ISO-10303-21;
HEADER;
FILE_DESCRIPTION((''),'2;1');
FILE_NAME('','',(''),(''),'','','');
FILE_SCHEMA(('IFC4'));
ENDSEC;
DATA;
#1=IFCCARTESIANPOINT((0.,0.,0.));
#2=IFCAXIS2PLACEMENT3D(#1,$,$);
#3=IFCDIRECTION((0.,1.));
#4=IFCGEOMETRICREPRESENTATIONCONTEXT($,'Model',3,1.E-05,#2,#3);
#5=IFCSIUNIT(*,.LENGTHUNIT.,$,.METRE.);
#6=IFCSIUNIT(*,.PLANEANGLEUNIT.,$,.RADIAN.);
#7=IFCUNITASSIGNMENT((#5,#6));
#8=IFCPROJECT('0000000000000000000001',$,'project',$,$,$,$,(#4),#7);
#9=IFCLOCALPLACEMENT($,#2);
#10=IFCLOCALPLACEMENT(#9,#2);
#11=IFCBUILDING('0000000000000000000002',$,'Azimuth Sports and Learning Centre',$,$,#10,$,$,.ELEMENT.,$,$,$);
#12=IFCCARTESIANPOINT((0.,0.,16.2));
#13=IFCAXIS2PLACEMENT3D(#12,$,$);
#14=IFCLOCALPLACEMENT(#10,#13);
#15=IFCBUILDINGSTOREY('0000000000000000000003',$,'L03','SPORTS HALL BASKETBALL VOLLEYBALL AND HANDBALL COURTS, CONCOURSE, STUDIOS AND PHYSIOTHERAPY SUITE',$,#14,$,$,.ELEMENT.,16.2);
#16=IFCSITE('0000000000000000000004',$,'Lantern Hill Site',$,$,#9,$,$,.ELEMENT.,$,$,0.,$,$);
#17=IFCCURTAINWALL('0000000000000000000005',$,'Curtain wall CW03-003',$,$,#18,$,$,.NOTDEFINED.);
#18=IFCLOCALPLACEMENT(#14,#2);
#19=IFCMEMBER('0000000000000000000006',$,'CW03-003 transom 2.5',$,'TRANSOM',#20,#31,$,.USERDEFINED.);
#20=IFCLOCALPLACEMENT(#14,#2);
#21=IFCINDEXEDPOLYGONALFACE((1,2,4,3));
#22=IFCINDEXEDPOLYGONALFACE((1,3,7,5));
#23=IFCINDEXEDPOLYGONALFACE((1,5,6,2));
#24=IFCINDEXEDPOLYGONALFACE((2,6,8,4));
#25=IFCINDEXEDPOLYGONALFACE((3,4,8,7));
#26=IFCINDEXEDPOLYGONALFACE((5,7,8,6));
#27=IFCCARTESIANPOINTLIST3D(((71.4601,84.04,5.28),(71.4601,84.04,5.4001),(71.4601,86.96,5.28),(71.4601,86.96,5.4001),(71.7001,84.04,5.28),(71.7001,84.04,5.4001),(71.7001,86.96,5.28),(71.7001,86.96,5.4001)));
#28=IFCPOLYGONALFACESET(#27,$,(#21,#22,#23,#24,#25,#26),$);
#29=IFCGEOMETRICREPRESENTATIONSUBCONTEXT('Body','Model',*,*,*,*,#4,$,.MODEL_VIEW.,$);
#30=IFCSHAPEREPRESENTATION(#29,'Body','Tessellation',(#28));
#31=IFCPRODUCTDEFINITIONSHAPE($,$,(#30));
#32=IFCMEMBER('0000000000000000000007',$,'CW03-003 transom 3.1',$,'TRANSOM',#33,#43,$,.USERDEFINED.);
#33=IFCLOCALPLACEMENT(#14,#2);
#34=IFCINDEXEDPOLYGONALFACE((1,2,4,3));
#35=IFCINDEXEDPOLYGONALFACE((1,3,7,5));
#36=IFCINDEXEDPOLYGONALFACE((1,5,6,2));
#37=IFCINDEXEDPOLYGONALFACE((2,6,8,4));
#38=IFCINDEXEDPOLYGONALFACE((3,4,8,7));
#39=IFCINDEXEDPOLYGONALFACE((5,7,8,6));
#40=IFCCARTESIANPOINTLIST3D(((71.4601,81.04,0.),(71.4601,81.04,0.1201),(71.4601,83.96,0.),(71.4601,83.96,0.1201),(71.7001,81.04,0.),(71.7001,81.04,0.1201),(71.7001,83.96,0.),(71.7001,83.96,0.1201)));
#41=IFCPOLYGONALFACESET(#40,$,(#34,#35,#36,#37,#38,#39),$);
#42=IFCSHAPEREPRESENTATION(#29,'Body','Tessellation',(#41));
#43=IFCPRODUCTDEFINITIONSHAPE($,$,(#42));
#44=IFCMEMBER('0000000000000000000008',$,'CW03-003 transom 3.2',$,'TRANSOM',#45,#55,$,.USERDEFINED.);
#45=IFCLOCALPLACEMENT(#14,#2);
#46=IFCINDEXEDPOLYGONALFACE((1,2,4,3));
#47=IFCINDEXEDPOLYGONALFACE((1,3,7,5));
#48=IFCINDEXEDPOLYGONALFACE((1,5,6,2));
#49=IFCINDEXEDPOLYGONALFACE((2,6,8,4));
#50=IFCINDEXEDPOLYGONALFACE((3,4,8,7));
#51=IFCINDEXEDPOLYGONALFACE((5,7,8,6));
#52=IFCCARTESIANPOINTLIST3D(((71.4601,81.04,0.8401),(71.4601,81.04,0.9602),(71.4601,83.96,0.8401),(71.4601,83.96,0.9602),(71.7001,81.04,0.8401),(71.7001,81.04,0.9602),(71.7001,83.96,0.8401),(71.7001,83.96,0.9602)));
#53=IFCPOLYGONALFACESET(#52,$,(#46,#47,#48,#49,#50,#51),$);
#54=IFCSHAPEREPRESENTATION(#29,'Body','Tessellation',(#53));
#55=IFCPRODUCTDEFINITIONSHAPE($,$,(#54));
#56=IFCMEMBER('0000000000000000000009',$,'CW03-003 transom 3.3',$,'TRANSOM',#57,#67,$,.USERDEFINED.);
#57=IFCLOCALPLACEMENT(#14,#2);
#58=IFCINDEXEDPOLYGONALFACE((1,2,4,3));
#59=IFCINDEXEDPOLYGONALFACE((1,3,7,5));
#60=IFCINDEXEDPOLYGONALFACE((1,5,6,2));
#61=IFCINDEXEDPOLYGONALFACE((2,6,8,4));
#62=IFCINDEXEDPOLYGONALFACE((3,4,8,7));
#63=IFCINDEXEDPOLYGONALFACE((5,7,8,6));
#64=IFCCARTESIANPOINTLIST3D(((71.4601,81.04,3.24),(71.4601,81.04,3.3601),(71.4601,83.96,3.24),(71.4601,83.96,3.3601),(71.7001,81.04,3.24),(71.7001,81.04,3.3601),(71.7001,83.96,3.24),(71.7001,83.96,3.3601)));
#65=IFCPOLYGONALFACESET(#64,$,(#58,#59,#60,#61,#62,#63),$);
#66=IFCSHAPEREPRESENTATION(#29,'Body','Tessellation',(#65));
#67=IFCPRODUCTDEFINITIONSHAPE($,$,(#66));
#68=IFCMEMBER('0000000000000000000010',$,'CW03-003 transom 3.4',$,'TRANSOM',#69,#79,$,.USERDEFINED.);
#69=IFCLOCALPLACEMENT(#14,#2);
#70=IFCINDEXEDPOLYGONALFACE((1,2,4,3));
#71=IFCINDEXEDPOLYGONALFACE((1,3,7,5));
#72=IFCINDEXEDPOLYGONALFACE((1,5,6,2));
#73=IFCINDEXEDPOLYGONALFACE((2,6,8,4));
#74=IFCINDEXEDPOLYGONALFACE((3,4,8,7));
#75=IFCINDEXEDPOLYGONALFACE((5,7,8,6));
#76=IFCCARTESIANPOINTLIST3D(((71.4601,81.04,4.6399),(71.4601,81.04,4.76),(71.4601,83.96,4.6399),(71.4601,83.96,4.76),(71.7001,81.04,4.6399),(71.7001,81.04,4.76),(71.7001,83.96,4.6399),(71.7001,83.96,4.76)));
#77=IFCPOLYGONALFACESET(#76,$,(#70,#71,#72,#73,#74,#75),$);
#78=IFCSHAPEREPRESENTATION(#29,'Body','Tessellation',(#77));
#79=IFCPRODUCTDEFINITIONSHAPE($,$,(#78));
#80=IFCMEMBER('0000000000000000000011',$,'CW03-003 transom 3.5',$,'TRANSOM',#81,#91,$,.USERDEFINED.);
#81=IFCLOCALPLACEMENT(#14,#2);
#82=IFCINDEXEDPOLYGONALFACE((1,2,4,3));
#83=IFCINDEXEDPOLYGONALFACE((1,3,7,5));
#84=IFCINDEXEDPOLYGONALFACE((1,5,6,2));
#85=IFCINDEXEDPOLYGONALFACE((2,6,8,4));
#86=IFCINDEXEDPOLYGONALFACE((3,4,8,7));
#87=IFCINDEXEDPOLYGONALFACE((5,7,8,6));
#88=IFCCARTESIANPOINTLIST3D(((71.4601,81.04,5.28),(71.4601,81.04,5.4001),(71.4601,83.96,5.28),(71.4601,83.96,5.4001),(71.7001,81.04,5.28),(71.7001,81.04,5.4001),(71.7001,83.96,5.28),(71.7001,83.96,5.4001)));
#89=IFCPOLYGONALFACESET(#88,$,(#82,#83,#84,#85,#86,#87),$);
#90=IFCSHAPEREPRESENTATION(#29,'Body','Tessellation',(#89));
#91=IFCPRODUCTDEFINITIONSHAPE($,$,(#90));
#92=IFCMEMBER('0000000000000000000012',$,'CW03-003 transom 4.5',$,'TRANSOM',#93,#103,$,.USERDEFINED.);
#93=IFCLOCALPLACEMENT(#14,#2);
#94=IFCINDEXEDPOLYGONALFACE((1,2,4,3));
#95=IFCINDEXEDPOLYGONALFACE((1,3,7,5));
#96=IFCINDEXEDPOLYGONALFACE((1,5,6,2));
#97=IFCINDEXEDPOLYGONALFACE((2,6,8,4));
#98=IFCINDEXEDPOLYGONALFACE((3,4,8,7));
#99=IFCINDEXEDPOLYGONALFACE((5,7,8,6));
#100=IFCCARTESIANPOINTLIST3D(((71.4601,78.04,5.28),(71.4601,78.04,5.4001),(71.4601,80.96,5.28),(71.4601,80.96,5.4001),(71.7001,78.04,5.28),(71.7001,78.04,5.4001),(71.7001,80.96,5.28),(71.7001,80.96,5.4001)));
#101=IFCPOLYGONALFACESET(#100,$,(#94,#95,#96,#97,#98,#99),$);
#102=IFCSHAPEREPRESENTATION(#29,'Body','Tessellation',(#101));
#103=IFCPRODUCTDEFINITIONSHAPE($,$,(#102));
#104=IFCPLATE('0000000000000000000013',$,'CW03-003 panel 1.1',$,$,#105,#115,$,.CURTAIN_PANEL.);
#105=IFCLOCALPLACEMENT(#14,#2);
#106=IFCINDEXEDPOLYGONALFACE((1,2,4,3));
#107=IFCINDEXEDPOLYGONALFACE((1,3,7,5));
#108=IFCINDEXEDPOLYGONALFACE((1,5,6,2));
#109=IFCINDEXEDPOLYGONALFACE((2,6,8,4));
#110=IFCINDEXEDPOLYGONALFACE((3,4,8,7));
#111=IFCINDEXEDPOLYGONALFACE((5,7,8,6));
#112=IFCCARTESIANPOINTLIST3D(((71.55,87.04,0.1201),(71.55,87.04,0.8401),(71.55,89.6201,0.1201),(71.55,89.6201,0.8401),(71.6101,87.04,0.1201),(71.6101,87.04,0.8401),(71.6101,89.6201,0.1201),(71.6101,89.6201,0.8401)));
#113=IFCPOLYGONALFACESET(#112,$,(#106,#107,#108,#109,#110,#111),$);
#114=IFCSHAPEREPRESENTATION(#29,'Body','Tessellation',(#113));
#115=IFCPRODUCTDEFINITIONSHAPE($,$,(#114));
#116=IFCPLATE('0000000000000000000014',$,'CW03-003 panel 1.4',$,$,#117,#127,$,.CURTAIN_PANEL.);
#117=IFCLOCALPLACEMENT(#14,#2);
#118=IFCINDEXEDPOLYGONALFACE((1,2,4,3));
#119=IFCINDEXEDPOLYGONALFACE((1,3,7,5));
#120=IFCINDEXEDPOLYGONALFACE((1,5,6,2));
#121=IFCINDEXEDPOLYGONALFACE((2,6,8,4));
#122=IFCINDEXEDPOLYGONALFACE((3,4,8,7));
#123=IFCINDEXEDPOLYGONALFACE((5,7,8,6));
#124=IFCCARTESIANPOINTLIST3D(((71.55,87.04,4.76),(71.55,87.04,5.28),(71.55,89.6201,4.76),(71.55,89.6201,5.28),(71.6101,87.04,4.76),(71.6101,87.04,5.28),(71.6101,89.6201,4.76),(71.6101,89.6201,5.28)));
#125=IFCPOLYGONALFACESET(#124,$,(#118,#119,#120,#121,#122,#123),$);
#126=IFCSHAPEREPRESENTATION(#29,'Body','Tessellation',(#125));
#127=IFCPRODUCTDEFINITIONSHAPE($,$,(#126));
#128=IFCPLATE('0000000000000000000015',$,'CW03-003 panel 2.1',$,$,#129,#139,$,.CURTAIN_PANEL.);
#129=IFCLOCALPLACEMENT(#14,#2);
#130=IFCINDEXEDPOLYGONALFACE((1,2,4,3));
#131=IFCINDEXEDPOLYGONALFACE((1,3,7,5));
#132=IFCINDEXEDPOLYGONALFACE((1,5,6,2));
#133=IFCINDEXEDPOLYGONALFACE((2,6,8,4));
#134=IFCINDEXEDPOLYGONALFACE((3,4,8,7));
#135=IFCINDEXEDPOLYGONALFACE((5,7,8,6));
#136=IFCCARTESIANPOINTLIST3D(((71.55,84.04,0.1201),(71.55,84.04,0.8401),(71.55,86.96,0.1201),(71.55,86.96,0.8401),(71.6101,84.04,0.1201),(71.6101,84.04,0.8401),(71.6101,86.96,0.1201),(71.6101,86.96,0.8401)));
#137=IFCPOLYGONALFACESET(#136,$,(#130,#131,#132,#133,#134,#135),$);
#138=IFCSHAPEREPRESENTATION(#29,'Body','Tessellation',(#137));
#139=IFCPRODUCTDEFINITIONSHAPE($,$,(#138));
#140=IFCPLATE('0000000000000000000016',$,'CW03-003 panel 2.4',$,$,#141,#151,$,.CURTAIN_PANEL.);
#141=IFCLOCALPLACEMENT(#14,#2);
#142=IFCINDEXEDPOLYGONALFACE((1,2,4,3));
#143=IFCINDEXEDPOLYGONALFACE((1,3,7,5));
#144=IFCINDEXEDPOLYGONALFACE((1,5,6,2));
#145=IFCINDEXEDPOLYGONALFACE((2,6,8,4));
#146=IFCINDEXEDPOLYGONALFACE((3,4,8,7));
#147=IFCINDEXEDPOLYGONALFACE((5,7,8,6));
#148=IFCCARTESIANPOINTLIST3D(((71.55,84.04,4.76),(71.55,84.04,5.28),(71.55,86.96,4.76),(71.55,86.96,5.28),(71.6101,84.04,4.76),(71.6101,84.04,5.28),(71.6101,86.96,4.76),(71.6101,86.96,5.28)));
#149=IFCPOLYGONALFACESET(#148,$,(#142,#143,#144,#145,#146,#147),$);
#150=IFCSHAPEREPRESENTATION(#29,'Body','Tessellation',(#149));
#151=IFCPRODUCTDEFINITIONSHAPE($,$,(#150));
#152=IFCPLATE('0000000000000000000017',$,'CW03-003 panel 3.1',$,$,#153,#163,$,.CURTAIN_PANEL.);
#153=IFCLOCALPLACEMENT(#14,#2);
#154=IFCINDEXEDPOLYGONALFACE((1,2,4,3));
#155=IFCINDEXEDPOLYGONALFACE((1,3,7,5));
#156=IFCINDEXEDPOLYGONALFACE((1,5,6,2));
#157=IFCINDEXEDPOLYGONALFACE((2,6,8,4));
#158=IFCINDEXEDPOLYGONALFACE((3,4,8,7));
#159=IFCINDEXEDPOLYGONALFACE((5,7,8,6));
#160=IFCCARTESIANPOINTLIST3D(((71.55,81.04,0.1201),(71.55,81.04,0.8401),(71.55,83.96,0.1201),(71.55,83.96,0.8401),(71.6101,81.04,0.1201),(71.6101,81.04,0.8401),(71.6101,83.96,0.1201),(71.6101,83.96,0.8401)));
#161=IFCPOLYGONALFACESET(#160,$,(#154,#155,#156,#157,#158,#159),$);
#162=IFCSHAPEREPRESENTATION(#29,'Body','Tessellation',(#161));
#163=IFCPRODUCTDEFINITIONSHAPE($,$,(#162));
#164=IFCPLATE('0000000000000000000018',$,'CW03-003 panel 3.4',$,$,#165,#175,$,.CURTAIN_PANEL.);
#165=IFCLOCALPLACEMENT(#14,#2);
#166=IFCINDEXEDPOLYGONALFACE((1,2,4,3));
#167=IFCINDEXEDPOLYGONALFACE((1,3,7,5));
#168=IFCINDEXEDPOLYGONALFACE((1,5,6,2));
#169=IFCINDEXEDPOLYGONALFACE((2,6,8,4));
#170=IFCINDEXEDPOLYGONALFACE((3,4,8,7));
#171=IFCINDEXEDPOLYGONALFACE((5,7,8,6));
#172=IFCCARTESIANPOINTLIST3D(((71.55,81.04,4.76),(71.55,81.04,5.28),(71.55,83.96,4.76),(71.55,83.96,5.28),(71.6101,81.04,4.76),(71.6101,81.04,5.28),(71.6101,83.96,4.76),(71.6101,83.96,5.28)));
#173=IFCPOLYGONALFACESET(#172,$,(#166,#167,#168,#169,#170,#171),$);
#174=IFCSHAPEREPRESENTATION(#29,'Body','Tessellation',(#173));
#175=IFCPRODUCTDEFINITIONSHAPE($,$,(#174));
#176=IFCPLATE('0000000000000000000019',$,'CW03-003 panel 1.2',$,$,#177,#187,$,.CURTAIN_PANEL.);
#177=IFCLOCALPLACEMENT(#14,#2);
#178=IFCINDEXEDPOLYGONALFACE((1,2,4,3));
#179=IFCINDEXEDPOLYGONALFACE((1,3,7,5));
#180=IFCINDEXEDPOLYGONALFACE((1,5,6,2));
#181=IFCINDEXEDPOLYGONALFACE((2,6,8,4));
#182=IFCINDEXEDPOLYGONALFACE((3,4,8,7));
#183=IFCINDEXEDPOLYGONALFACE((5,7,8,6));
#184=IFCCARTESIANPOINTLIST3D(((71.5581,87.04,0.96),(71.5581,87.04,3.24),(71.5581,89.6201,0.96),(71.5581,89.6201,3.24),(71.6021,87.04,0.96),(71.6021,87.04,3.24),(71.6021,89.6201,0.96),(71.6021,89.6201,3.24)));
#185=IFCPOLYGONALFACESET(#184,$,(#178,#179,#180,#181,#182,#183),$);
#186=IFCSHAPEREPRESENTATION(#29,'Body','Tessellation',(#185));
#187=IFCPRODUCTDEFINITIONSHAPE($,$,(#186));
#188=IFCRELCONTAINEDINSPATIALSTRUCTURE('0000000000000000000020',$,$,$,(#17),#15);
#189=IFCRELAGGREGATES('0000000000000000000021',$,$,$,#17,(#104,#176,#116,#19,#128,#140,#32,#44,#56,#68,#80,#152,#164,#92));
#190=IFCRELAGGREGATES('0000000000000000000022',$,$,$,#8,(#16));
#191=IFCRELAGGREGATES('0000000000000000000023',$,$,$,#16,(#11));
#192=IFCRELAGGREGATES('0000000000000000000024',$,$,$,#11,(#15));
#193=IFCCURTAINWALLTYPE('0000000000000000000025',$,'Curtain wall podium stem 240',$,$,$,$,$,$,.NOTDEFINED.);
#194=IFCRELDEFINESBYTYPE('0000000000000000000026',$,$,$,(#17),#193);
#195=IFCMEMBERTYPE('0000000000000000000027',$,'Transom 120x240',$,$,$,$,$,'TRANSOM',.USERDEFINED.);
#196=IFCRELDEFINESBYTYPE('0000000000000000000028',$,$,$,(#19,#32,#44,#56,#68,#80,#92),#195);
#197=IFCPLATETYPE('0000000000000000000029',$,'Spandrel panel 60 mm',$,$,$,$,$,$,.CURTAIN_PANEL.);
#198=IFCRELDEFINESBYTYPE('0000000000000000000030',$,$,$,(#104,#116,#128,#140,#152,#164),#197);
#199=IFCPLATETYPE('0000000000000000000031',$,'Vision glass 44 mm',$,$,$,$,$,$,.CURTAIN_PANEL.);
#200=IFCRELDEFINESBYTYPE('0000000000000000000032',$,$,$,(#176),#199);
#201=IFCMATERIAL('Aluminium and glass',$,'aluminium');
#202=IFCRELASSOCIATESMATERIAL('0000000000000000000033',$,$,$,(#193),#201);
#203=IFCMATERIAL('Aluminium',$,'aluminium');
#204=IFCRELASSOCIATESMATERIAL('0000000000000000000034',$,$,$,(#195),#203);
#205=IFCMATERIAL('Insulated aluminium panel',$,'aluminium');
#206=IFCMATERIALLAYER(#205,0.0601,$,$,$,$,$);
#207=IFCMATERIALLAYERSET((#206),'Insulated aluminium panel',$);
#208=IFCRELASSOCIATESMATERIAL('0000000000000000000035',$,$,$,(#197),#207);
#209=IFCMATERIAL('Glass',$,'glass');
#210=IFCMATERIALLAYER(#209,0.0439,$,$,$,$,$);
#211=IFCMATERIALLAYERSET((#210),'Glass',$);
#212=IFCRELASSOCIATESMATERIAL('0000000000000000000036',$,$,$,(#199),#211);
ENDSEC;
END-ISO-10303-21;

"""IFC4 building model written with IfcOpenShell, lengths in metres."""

from ifc_helpers import new_model, si_unit, direction, frame, origin, origin_2d, place, context, subcontext, project, spatial, rectangle, extrude, material, layer, layer_set, material_profile, profile_set, type_object, element, aggregate, save


model = new_model("IFC4")

# Units and contexts
model_context = context("Model", 3, precision=1e-05, world=origin(), true_north=direction((0.0, 1.0)))
body_context = subcontext(model_context, "Body", "Model", "MODEL_VIEW")
ifc_project = project(units=[si_unit("LENGTHUNIT", "METRE"), si_unit("PLANEANGLEUNIT", "RADIAN")], contexts=[model_context])

# Site, building, storey
site_placement = place(None, origin())
site = spatial("IfcSite", under=ifc_project, at=site_placement, Name="Lantern Hill Site", CompositionType="ELEMENT", RefElevation=0.0)
building_placement = place(site_placement, origin())
building = spatial("IfcBuilding", under=site, at=building_placement, Name="Azimuth Sports and Learning Centre", CompositionType="ELEMENT")
storey_placement = place(building_placement, frame((0.0, 0.0, 16.2)))
storey = spatial("IfcBuildingStorey", under=building, at=storey_placement, Name="L03", Description="SPORTS HALL BASKETBALL VOLLEYBALL AND HANDBALL COURTS, CONCOURSE, STUDIOS AND PHYSIOTHERAPY SUITE", CompositionType="ELEMENT", Elevation=16.2)

# Curtain wall, members, plates
ifc_material_1 = material(Name="Aluminium and glass", Category="aluminium")
curtain_wall_type = type_object("IfcCurtainWallType", Name="Curtain wall podium stem 240", PredefinedType="NOTDEFINED", material=ifc_material_1)
curtain_wall_placement = place(storey_placement, origin())
curtain_wall = element("IfcCurtainWall", 1, at=curtain_wall_placement, inside=storey, type_object=curtain_wall_type, Name="Curtain wall CW03-003", PredefinedType="NOTDEFINED")
ifc_material_2 = material(Name="Aluminium", Category="aluminium")
ifc_material_profile_1 = material_profile(ifc_material_2, rectangle(XDim=0.24, YDim=0.1201, at=origin_2d()), Name="Transom 120x240")
ifc_profile_set_1 = profile_set([ifc_material_profile_1], Name="Aluminium")
member_type_1 = type_object("IfcMemberType", Name="Transom 120x240", ElementType="TRANSOM", PredefinedType="USERDEFINED", material=ifc_profile_set_1)
member_1_placement = place(storey_placement, frame((71.5801, 86.96, 5.3401), z_axis=(0.0, -1.0, 0.0), x_axis=(1.0, 0.0, 0.0)))
member_1 = element("IfcMember", 2, at=member_1_placement, type_object=member_type_1, Name="CW03-003 transom 2.5", ObjectType="TRANSOM", PredefinedType="USERDEFINED", context=body_context, shape_type="SweptSolid", body=[
    extrude(rectangle(XDim=0.24, YDim=0.1201, at=origin_2d()), origin(), (0.0, 0.0, 1.0), 2.9199),
])
member_2_placement = place(storey_placement, frame((71.5801, 83.96, 0.0601), z_axis=(0.0, -1.0, 0.0), x_axis=(1.0, 0.0, 0.0)))
member_2 = element("IfcMember", 3, at=member_2_placement, type_object=member_type_1, Name="CW03-003 transom 3.1", ObjectType="TRANSOM", PredefinedType="USERDEFINED", context=body_context, shape_type="SweptSolid", body=[
    extrude(rectangle(XDim=0.24, YDim=0.1201, at=origin_2d()), origin(), (0.0, 0.0, 1.0), 2.9199),
])
member_3_placement = place(storey_placement, frame((71.5801, 83.96, 0.9001), z_axis=(0.0, -1.0, 0.0), x_axis=(1.0, 0.0, 0.0)))
member_3 = element("IfcMember", 4, at=member_3_placement, type_object=member_type_1, Name="CW03-003 transom 3.2", ObjectType="TRANSOM", PredefinedType="USERDEFINED", context=body_context, shape_type="SweptSolid", body=[
    extrude(rectangle(XDim=0.24, YDim=0.1201, at=origin_2d()), origin(), (0.0, 0.0, 1.0), 2.9199),
])
member_4_placement = place(storey_placement, frame((71.5801, 83.96, 3.3), z_axis=(0.0, -1.0, 0.0), x_axis=(1.0, 0.0, 0.0)))
member_4 = element("IfcMember", 5, at=member_4_placement, type_object=member_type_1, Name="CW03-003 transom 3.3", ObjectType="TRANSOM", PredefinedType="USERDEFINED", context=body_context, shape_type="SweptSolid", body=[
    extrude(rectangle(XDim=0.24, YDim=0.1201, at=origin_2d()), origin(), (0.0, 0.0, 1.0), 2.9199),
])
member_5_placement = place(storey_placement, frame((71.5801, 83.96, 4.7), z_axis=(0.0, -1.0, 0.0), x_axis=(1.0, 0.0, 0.0)))
member_5 = element("IfcMember", 6, at=member_5_placement, type_object=member_type_1, Name="CW03-003 transom 3.4", ObjectType="TRANSOM", PredefinedType="USERDEFINED", context=body_context, shape_type="SweptSolid", body=[
    extrude(rectangle(XDim=0.24, YDim=0.1201, at=origin_2d()), origin(), (0.0, 0.0, 1.0), 2.9199),
])
member_6_placement = place(storey_placement, frame((71.5801, 83.96, 5.3401), z_axis=(0.0, -1.0, 0.0), x_axis=(1.0, 0.0, 0.0)))
member_6 = element("IfcMember", 7, at=member_6_placement, type_object=member_type_1, Name="CW03-003 transom 3.5", ObjectType="TRANSOM", PredefinedType="USERDEFINED", context=body_context, shape_type="SweptSolid", body=[
    extrude(rectangle(XDim=0.24, YDim=0.1201, at=origin_2d()), origin(), (0.0, 0.0, 1.0), 2.9199),
])
member_7_placement = place(storey_placement, frame((71.5801, 80.96, 5.3401), z_axis=(0.0, -1.0, 0.0), x_axis=(1.0, 0.0, 0.0)))
member_7 = element("IfcMember", 8, at=member_7_placement, type_object=member_type_1, Name="CW03-003 transom 4.5", ObjectType="TRANSOM", PredefinedType="USERDEFINED", context=body_context, shape_type="SweptSolid", body=[
    extrude(rectangle(XDim=0.24, YDim=0.1201, at=origin_2d()), origin(), (0.0, 0.0, 1.0), 2.9199),
])
ifc_material_3 = material(Name="Insulated aluminium panel", Category="aluminium")
ifc_layer_1 = layer(ifc_material_3, 0.0601)
ifc_layer_set_1 = layer_set([ifc_layer_1], Name="Insulated aluminium panel")
plate_type_1 = type_object("IfcPlateType", Name="Spandrel panel 60 mm", PredefinedType="CURTAIN_PANEL", material=ifc_layer_set_1)
plate_1_placement = place(storey_placement, frame((71.5801, 88.3301, 0.1201), z_axis=(0.0, 0.0, 1.0), x_axis=(0.0, -1.0, 0.0)))
plate_1 = element("IfcPlate", 9, at=plate_1_placement, type_object=plate_type_1, Name="CW03-003 panel 1.1", PredefinedType="CURTAIN_PANEL", context=body_context, shape_type="SweptSolid", body=[
    extrude(rectangle(XDim=2.5801, YDim=0.0601, at=origin_2d()), origin(), (0.0, 0.0, 1.0), 0.72),
])
plate_2_placement = place(storey_placement, frame((71.5801, 88.3301, 4.76), z_axis=(0.0, 0.0, 1.0), x_axis=(0.0, -1.0, 0.0)))
plate_2 = element("IfcPlate", 10, at=plate_2_placement, type_object=plate_type_1, Name="CW03-003 panel 1.4", PredefinedType="CURTAIN_PANEL", context=body_context, shape_type="SweptSolid", body=[
    extrude(rectangle(XDim=2.5801, YDim=0.0601, at=origin_2d()), origin(), (0.0, 0.0, 1.0), 0.52),
])
plate_3_placement = place(storey_placement, frame((71.5801, 85.5, 0.1201), z_axis=(0.0, 0.0, 1.0), x_axis=(0.0, -1.0, 0.0)))
plate_3 = element("IfcPlate", 11, at=plate_3_placement, type_object=plate_type_1, Name="CW03-003 panel 2.1", PredefinedType="CURTAIN_PANEL", context=body_context, shape_type="SweptSolid", body=[
    extrude(rectangle(XDim=2.9199, YDim=0.0601, at=origin_2d()), origin(), (0.0, 0.0, 1.0), 0.72),
])
plate_4_placement = place(storey_placement, frame((71.5801, 85.5, 4.76), z_axis=(0.0, 0.0, 1.0), x_axis=(0.0, -1.0, 0.0)))
plate_4 = element("IfcPlate", 12, at=plate_4_placement, type_object=plate_type_1, Name="CW03-003 panel 2.4", PredefinedType="CURTAIN_PANEL", context=body_context, shape_type="SweptSolid", body=[
    extrude(rectangle(XDim=2.9199, YDim=0.0601, at=origin_2d()), origin(), (0.0, 0.0, 1.0), 0.52),
])
plate_5_placement = place(storey_placement, frame((71.5801, 82.5, 0.1201), z_axis=(0.0, 0.0, 1.0), x_axis=(0.0, -1.0, 0.0)))
plate_5 = element("IfcPlate", 13, at=plate_5_placement, type_object=plate_type_1, Name="CW03-003 panel 3.1", PredefinedType="CURTAIN_PANEL", context=body_context, shape_type="SweptSolid", body=[
    extrude(rectangle(XDim=2.9199, YDim=0.0601, at=origin_2d()), origin(), (0.0, 0.0, 1.0), 0.72),
])
plate_6_placement = place(storey_placement, frame((71.5801, 82.5, 4.76), z_axis=(0.0, 0.0, 1.0), x_axis=(0.0, -1.0, 0.0)))
plate_6 = element("IfcPlate", 14, at=plate_6_placement, type_object=plate_type_1, Name="CW03-003 panel 3.4", PredefinedType="CURTAIN_PANEL", context=body_context, shape_type="SweptSolid", body=[
    extrude(rectangle(XDim=2.9199, YDim=0.0601, at=origin_2d()), origin(), (0.0, 0.0, 1.0), 0.52),
])
ifc_material_4 = material(Name="Glass", Category="glass")
ifc_layer_2 = layer(ifc_material_4, 0.0439)
ifc_layer_set_2 = layer_set([ifc_layer_2], Name="Glass")
plate_type_2 = type_object("IfcPlateType", Name="Vision glass 44 mm", PredefinedType="CURTAIN_PANEL", material=ifc_layer_set_2)
plate_7_placement = place(storey_placement, frame((71.5801, 88.3301, 0.96), z_axis=(0.0, 0.0, 1.0), x_axis=(0.0, -1.0, 0.0)))
plate_7 = element("IfcPlate", 15, at=plate_7_placement, type_object=plate_type_2, Name="CW03-003 panel 1.2", PredefinedType="CURTAIN_PANEL", context=body_context, shape_type="SweptSolid", body=[
    extrude(rectangle(XDim=2.5801, YDim=0.0439, at=origin_2d()), origin(), (0.0, 0.0, 1.0), 2.28),
])
aggregate(curtain_wall, [plate_1, plate_7, plate_2, member_1, plate_3, plate_4, member_2, member_3, member_4, member_5, member_6, plate_5, plate_6, member_7])

save(model, "model.ifc")
